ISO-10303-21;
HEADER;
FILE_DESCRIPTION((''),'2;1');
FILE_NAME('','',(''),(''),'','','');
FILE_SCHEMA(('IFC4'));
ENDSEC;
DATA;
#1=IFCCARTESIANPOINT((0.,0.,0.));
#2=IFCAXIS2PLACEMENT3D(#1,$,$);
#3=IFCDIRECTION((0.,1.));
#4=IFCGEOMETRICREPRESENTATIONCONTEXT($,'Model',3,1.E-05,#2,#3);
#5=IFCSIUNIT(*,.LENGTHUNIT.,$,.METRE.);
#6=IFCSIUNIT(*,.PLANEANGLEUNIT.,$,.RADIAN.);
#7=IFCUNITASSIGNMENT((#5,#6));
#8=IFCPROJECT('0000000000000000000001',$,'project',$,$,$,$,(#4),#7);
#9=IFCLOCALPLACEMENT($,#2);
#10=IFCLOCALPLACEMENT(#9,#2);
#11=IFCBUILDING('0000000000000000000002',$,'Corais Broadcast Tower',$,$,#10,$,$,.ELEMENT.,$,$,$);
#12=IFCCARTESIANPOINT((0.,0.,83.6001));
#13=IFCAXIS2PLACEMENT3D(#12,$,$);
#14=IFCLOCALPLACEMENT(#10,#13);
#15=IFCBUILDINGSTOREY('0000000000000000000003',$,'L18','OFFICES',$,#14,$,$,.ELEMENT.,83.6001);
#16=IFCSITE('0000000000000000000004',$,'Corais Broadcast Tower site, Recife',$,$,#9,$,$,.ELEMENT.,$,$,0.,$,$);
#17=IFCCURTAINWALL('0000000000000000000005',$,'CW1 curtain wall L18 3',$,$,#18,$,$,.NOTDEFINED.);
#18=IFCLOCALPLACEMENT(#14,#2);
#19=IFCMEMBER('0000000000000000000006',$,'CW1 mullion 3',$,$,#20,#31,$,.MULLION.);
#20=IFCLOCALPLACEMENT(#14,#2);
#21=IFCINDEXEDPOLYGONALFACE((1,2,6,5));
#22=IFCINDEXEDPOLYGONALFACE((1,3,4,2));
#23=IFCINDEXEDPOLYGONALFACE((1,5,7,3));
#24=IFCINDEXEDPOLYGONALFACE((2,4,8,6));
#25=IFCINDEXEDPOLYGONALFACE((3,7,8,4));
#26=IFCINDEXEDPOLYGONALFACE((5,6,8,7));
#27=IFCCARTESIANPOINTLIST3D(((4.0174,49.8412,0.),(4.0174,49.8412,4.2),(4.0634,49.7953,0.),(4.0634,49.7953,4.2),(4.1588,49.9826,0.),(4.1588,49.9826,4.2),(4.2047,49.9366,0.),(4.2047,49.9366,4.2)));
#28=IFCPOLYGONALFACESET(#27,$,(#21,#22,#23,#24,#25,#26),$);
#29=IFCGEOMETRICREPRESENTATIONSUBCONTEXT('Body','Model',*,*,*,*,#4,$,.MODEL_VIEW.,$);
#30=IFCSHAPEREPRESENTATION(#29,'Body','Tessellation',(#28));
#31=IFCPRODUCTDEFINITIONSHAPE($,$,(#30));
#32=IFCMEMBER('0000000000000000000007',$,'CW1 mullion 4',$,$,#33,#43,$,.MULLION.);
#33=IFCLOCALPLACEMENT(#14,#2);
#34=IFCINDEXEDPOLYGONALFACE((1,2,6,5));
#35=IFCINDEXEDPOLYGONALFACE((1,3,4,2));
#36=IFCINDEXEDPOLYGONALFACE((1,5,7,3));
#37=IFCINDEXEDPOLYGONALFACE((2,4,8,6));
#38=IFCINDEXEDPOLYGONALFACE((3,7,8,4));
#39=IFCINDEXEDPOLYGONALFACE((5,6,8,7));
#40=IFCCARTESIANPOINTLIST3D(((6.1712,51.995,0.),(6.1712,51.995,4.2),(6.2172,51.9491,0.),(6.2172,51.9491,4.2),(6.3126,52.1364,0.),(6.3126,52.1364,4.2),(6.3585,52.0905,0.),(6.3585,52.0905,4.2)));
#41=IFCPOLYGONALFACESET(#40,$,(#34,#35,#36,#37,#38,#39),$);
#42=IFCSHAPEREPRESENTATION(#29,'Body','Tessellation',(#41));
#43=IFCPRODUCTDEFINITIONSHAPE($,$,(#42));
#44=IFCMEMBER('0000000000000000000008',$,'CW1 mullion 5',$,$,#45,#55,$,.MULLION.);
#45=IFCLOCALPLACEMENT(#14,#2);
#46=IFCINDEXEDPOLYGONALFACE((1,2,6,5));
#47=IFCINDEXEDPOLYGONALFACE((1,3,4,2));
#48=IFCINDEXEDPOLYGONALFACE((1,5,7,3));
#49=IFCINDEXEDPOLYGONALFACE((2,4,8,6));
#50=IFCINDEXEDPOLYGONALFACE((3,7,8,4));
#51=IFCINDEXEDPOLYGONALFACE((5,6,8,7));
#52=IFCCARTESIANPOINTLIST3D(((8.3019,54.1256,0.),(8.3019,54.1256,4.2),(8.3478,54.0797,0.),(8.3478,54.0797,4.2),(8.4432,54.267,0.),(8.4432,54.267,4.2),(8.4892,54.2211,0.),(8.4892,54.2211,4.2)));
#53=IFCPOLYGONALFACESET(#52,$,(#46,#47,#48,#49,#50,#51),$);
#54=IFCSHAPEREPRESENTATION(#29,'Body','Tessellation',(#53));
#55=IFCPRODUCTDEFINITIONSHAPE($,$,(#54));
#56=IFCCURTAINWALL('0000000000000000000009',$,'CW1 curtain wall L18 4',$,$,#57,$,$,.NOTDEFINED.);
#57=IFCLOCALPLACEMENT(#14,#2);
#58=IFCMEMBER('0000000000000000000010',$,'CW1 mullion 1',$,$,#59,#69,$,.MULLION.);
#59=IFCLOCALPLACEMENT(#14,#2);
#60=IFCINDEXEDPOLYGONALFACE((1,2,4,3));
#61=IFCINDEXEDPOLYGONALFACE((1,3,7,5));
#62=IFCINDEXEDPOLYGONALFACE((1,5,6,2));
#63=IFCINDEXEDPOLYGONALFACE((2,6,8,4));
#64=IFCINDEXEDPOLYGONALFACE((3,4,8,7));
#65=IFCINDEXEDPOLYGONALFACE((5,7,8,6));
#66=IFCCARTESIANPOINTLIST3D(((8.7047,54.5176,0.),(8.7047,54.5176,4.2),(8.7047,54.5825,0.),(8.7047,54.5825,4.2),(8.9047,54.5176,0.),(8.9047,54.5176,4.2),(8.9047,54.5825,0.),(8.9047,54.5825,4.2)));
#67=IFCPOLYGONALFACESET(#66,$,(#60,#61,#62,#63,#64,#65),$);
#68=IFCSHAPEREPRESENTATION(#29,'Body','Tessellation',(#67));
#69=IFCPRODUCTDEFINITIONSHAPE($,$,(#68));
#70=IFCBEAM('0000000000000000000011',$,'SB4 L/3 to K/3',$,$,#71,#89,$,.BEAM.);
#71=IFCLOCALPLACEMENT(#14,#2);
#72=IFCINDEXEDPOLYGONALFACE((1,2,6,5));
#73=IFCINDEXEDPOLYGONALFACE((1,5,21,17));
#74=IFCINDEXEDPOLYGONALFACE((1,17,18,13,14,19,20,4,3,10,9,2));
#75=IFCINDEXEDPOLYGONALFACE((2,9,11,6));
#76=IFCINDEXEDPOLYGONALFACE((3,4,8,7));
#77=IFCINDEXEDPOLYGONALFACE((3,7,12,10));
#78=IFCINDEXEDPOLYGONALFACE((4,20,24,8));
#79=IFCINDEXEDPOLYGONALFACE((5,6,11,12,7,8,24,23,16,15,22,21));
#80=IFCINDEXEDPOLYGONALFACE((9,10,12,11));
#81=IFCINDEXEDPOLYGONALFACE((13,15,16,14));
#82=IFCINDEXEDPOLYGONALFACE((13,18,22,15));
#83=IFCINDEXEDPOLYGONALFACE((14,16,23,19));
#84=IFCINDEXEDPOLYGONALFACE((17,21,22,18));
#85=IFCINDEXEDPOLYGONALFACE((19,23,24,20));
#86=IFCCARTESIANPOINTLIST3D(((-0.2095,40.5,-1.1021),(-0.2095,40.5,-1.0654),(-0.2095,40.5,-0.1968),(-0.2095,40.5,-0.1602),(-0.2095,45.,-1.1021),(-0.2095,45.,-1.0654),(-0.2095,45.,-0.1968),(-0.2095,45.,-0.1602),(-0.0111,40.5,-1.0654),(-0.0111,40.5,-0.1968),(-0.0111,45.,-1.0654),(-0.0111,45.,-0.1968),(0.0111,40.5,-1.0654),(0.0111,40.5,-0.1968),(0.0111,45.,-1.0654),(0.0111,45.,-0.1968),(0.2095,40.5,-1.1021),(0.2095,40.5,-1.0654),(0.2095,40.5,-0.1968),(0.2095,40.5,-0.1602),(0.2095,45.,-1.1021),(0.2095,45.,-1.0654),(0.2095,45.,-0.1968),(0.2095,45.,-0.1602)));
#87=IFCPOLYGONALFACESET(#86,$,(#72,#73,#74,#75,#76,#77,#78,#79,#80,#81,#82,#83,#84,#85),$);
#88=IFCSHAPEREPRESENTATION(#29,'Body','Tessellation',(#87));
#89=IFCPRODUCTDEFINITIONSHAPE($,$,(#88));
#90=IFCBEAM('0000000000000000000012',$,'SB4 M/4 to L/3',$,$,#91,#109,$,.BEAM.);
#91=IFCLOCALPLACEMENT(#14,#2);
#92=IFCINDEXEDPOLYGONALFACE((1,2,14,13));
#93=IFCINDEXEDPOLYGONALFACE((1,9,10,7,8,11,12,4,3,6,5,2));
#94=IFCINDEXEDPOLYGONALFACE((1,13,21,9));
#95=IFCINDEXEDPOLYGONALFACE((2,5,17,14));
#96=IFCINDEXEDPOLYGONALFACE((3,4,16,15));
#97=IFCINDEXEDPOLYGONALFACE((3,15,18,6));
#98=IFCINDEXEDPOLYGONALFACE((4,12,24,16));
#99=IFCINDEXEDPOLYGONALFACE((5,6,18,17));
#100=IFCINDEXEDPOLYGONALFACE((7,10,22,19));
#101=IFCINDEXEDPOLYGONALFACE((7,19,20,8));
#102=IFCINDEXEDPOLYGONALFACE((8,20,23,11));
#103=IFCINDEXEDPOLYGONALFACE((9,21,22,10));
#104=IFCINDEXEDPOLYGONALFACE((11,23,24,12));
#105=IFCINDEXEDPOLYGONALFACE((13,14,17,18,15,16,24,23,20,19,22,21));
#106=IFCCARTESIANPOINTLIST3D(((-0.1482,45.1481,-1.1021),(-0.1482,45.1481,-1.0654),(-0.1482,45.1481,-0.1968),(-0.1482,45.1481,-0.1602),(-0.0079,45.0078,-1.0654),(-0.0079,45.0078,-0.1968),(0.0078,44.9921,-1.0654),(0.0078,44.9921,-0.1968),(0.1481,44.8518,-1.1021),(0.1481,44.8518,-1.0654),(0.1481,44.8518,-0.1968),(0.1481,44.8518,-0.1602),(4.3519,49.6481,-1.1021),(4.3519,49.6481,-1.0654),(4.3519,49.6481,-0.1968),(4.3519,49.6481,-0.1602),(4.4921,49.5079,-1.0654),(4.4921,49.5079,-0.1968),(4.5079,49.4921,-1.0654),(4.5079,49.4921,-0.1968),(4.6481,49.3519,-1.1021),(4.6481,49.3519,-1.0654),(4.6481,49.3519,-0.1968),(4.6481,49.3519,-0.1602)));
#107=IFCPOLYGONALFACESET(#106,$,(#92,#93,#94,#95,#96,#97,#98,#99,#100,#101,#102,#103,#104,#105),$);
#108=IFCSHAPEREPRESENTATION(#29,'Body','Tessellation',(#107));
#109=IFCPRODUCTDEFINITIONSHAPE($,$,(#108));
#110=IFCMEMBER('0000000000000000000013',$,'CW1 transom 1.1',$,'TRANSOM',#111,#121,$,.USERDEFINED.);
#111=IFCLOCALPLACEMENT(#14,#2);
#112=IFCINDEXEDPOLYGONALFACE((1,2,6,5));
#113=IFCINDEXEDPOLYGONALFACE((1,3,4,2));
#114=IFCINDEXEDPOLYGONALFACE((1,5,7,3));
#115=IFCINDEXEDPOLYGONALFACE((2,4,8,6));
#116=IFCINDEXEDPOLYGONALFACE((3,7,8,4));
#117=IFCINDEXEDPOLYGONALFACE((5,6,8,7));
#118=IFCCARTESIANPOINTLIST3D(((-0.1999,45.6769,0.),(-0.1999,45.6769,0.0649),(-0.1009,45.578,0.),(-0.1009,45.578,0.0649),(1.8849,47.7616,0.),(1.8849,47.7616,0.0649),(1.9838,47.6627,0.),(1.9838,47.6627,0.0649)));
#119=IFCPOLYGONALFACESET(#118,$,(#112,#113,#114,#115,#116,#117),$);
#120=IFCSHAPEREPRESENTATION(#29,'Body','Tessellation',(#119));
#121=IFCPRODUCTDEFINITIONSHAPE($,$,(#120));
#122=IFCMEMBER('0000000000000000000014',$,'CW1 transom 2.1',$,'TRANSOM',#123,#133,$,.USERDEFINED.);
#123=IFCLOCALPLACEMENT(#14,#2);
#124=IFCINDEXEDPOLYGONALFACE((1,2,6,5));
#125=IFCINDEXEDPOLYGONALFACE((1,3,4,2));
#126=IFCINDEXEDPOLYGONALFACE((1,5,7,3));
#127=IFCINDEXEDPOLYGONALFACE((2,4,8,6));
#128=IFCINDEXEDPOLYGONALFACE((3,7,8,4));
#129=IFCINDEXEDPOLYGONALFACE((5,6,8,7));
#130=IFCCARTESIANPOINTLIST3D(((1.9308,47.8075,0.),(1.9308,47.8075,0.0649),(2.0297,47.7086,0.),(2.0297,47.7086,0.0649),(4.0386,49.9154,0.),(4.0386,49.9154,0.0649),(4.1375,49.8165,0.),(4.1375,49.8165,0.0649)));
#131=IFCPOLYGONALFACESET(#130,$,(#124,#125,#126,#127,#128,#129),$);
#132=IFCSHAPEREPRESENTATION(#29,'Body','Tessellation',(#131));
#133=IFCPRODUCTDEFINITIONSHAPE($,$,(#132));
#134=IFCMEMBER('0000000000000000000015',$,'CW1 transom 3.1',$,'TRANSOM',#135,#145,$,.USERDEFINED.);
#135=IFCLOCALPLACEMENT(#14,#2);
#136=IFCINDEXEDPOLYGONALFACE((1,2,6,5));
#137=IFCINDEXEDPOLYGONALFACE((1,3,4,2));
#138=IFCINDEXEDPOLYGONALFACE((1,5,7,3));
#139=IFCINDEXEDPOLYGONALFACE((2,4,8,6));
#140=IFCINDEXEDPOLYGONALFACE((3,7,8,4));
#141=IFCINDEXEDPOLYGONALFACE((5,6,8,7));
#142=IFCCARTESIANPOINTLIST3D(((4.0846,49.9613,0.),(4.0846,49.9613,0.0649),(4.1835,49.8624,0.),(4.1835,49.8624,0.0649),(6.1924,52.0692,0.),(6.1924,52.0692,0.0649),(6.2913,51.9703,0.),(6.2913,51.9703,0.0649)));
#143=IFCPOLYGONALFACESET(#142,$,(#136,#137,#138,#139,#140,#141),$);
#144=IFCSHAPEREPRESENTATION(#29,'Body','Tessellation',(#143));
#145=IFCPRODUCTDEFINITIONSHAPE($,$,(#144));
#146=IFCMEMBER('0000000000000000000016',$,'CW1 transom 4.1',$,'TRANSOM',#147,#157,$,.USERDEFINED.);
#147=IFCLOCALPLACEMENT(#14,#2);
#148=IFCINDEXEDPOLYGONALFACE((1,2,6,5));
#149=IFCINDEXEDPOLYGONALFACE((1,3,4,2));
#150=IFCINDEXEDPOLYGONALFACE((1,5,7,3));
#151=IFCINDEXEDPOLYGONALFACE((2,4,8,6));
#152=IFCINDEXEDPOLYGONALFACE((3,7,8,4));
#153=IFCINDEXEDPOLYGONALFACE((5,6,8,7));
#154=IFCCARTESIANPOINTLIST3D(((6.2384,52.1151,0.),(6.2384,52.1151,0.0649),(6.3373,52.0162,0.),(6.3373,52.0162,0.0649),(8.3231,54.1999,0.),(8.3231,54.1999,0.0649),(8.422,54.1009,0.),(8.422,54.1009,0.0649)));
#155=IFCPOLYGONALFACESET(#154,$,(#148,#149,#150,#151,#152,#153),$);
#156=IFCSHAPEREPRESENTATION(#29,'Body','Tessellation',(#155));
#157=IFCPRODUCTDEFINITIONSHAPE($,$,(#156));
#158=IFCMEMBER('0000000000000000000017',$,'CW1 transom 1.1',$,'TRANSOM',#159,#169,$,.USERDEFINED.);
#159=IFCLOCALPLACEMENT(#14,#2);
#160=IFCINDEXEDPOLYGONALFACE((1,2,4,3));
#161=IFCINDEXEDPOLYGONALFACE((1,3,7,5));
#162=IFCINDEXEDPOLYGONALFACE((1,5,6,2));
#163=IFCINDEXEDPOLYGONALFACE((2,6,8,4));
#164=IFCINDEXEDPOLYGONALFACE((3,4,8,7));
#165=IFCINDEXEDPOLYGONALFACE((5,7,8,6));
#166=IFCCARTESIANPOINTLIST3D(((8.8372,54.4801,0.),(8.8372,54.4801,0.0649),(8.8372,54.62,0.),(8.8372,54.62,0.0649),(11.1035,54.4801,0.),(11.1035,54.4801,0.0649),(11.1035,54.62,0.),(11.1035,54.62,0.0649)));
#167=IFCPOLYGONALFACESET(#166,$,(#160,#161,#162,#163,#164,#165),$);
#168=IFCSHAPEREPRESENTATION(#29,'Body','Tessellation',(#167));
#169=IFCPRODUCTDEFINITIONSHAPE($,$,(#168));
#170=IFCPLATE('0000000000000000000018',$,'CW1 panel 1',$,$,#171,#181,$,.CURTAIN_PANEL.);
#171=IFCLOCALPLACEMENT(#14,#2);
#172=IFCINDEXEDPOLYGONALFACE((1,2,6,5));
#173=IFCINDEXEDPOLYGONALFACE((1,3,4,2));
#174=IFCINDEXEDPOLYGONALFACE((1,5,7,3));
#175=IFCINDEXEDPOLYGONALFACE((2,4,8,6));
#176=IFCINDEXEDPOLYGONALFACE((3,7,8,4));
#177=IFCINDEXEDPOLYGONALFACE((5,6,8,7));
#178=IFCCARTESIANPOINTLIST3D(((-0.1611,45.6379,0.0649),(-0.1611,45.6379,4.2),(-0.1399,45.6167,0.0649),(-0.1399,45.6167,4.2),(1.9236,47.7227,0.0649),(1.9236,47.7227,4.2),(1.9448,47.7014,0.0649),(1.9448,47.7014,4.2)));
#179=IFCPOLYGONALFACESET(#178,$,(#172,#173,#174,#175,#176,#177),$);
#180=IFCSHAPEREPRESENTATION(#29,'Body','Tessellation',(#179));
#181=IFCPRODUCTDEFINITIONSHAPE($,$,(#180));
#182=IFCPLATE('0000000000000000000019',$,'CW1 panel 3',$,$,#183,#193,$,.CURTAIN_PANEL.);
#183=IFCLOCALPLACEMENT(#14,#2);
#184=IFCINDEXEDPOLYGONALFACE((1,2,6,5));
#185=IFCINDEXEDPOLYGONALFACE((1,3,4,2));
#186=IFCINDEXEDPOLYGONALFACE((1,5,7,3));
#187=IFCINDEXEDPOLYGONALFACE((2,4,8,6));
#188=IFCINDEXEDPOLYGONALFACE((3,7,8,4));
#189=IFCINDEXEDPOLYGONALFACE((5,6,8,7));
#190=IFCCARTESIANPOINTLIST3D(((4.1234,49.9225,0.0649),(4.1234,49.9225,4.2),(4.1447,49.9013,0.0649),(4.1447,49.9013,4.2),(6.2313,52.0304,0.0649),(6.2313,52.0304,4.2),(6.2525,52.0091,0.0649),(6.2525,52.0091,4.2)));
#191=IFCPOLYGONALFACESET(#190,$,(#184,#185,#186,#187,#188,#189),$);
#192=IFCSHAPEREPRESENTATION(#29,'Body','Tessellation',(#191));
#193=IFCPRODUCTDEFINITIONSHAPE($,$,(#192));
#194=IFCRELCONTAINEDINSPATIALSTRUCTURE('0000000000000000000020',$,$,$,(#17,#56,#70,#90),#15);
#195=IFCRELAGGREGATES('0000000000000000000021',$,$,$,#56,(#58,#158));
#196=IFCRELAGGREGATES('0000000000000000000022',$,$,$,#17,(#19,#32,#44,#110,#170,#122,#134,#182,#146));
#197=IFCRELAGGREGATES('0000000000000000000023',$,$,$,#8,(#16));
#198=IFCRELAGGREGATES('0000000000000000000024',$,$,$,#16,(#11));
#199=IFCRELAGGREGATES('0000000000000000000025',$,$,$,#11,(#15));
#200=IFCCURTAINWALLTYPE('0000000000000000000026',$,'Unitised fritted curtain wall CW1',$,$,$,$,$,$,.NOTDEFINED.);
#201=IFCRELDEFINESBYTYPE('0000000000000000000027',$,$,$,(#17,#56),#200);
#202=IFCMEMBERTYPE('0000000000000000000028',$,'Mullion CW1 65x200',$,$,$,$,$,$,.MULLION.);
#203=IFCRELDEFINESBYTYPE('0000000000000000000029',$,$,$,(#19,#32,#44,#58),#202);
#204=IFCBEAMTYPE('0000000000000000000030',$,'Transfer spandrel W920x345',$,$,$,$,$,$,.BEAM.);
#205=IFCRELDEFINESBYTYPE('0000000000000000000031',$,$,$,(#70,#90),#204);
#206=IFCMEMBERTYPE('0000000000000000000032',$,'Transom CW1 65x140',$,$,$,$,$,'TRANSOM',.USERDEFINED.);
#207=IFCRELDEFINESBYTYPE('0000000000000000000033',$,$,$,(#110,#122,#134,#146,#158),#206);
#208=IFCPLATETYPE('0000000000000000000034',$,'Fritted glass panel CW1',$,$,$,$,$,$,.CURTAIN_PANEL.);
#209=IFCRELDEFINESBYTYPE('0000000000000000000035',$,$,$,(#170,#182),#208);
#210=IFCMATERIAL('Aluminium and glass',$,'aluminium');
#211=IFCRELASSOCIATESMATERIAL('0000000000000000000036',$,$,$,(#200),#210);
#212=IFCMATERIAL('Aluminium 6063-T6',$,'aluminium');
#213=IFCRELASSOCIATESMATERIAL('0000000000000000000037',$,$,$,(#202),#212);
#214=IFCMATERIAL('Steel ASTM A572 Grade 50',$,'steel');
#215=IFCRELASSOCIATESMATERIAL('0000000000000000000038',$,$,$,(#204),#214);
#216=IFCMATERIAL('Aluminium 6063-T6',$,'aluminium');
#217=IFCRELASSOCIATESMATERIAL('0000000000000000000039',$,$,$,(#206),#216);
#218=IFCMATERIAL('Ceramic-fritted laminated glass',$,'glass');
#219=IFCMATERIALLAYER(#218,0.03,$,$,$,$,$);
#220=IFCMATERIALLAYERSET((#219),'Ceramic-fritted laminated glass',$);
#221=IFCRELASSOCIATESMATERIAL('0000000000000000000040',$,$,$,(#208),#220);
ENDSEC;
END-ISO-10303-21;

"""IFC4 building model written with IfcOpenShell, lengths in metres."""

from ifc_helpers import new_model, si_unit, direction, frame, origin, origin_2d, place, context, subcontext, project, spatial, rectangle, i_section, extrude, material, layer, layer_set, material_profile, profile_set, type_object, element, aggregate, save


model = new_model("IFC4")

# Units and contexts
model_context = context("Model", 3, precision=1e-05, world=origin(), true_north=direction((0.0, 1.0)))
body_context = subcontext(model_context, "Body", "Model", "MODEL_VIEW")
ifc_project = project(units=[si_unit("LENGTHUNIT", "METRE"), si_unit("PLANEANGLEUNIT", "RADIAN")], contexts=[model_context])

# Site, building, storey
site_placement = place(None, origin())
site = spatial("IfcSite", under=ifc_project, at=site_placement, Name="Corais Broadcast Tower site, Recife", CompositionType="ELEMENT", RefElevation=0.0)
building_placement = place(site_placement, origin())
building = spatial("IfcBuilding", under=site, at=building_placement, Name="Corais Broadcast Tower", CompositionType="ELEMENT")
storey_placement = place(building_placement, frame((0.0, 0.0, 83.6001)))
storey = spatial("IfcBuildingStorey", under=building, at=storey_placement, Name="L18", Description="OFFICES", CompositionType="ELEMENT", Elevation=83.6001)

# Shared definitions
ifc_material_1 = material(Name="Aluminium and glass", Category="aluminium")
curtain_wall_type = type_object("IfcCurtainWallType", Name="Unitised fritted curtain wall CW1", PredefinedType="NOTDEFINED", material=ifc_material_1)
ifc_material_2 = material(Name="Aluminium 6063-T6", Category="aluminium")
ifc_material_profile_1 = material_profile(ifc_material_2, rectangle(XDim=0.0649, YDim=0.2, at=origin_2d()), Name="Mullion CW1 65x200")
ifc_profile_set_1 = profile_set([ifc_material_profile_1], Name="Aluminium 6063-T6")
member_type_1 = type_object("IfcMemberType", Name="Mullion CW1 65x200", PredefinedType="MULLION", material=ifc_profile_set_1)

# Curtain wall, members
curtain_wall_1_placement = place(storey_placement, origin())
curtain_wall_1 = element("IfcCurtainWall", 1, at=curtain_wall_1_placement, inside=storey, type_object=curtain_wall_type, Name="CW1 curtain wall L18 3", PredefinedType="NOTDEFINED")
member_1_placement = place(storey_placement, frame((4.1111, 49.8889, 0.0), z_axis=(0.0, 0.0, 1.0), x_axis=(-0.707107, 0.707107, 0.0)))
member_1 = element("IfcMember", 2, at=member_1_placement, type_object=member_type_1, Name="CW1 mullion 3", PredefinedType="MULLION", context=body_context, shape_type="SweptSolid", body=[
    extrude(rectangle(XDim=0.0649, YDim=0.2, at=origin_2d()), origin(), (0.0, 0.0, 1.0), 4.2),
])
member_2_placement = place(storey_placement, frame((6.2649, 52.0427, 0.0), z_axis=(0.0, 0.0, 1.0), x_axis=(-0.707107, 0.707107, 0.0)))
member_2 = element("IfcMember", 3, at=member_2_placement, type_object=member_type_1, Name="CW1 mullion 4", PredefinedType="MULLION", context=body_context, shape_type="SweptSolid", body=[
    extrude(rectangle(XDim=0.0649, YDim=0.2, at=origin_2d()), origin(), (0.0, 0.0, 1.0), 4.2),
])
member_3_placement = place(storey_placement, frame((8.3955, 54.1733, 0.0), z_axis=(0.0, 0.0, 1.0), x_axis=(-0.707107, 0.707107, 0.0)))
member_3 = element("IfcMember", 4, at=member_3_placement, type_object=member_type_1, Name="CW1 mullion 5", PredefinedType="MULLION", context=body_context, shape_type="SweptSolid", body=[
    extrude(rectangle(XDim=0.0649, YDim=0.2, at=origin_2d()), origin(), (0.0, 0.0, 1.0), 4.2),
])

# Curtain wall, member
curtain_wall_2_placement = place(storey_placement, origin())
curtain_wall_2 = element("IfcCurtainWall", 5, at=curtain_wall_2_placement, inside=storey, type_object=curtain_wall_type, Name="CW1 curtain wall L18 4", PredefinedType="NOTDEFINED")
member_4_placement = place(storey_placement, frame((8.8047, 54.55, 0.0), z_axis=(0.0, 0.0, 1.0), x_axis=(0.0, 1.0, 0.0)))
member_4 = element("IfcMember", 6, at=member_4_placement, type_object=member_type_1, Name="CW1 mullion 1", PredefinedType="MULLION", context=body_context, shape_type="SweptSolid", body=[
    extrude(rectangle(XDim=0.0649, YDim=0.2, at=origin_2d()), origin(), (0.0, 0.0, 1.0), 4.2),
])

# Beams
ifc_material_3 = material(Name="Steel ASTM A572 Grade 50", Category="steel")
ifc_material_profile_2 = material_profile(ifc_material_3, i_section(OverallWidth=0.4189, OverallDepth=0.9419, WebThickness=0.0222, FlangeThickness=0.0366, at=origin_2d()), Name="W920x345")
ifc_profile_set_2 = profile_set([ifc_material_profile_2], Name="Steel ASTM A572 Grade 50")
beam_type_1 = type_object("IfcBeamType", Name="Transfer spandrel W920x345", PredefinedType="BEAM", material=ifc_profile_set_2)
beam_1_placement = place(storey_placement, frame((0.0, 45.0, -0.6311), z_axis=(0.0, -1.0, 0.0), x_axis=(1.0, 0.0, 0.0)))
element("IfcBeam", 7, at=beam_1_placement, inside=storey, type_object=beam_type_1, Name="SB4 L/3 to K/3", PredefinedType="BEAM", context=body_context, shape_type="SweptSolid", body=[
    extrude(i_section(OverallWidth=0.4189, OverallDepth=0.9419, WebThickness=0.0222, FlangeThickness=0.0366, at=origin_2d()), origin(), (0.0, 0.0, 1.0), 4.5),
])
beam_2_placement = place(storey_placement, frame((4.5, 49.5, -0.6311), z_axis=(-0.707107, -0.707107, 0.0), x_axis=(0.707107, -0.707107, 0.0)))
element("IfcBeam", 8, at=beam_2_placement, inside=storey, type_object=beam_type_1, Name="SB4 M/4 to L/3", PredefinedType="BEAM", context=body_context, shape_type="SweptSolid", body=[
    extrude(i_section(OverallWidth=0.4189, OverallDepth=0.9419, WebThickness=0.0222, FlangeThickness=0.0366, at=origin_2d()), origin(), (0.0, 0.0, 1.0), 6.364),
])

# Members
ifc_material_4 = material(Name="Aluminium 6063-T6", Category="aluminium")
ifc_material_profile_3 = material_profile(ifc_material_4, rectangle(XDim=0.1399, YDim=0.0649, at=origin_2d()), Name="Transom CW1 65x140")
ifc_profile_set_3 = profile_set([ifc_material_profile_3], Name="Aluminium 6063-T6")
member_type_2 = type_object("IfcMemberType", Name="Transom CW1 65x140", ElementType="TRANSOM", PredefinedType="USERDEFINED", material=ifc_profile_set_3)
member_5_placement = place(storey_placement, frame((-0.1504, 45.6274, 0.0325), z_axis=(0.707107, 0.707107, 0.0), x_axis=(-0.707107, 0.707107, 0.0)))
member_5 = element("IfcMember", 9, at=member_5_placement, type_object=member_type_2, Name="CW1 transom 1.1", ObjectType="TRANSOM", PredefinedType="USERDEFINED", context=body_context, shape_type="SweptSolid", body=[
    extrude(rectangle(XDim=0.1399, YDim=0.0649, at=origin_2d()), origin(), (0.0, 0.0, 1.0), 2.9482),
])
member_6_placement = place(storey_placement, frame((1.9802, 47.7581, 0.0325), z_axis=(0.707107, 0.707107, 0.0), x_axis=(-0.707107, 0.707107, 0.0)))
member_6 = element("IfcMember", 10, at=member_6_placement, type_object=member_type_2, Name="CW1 transom 2.1", ObjectType="TRANSOM", PredefinedType="USERDEFINED", context=body_context, shape_type="SweptSolid", body=[
    extrude(rectangle(XDim=0.1399, YDim=0.0649, at=origin_2d()), origin(), (0.0, 0.0, 1.0), 2.981),
])
member_7_placement = place(storey_placement, frame((4.134, 49.9119, 0.0325), z_axis=(0.707107, 0.707107, 0.0), x_axis=(-0.707107, 0.707107, 0.0)))
member_7 = element("IfcMember", 11, at=member_7_placement, type_object=member_type_2, Name="CW1 transom 3.1", ObjectType="TRANSOM", PredefinedType="USERDEFINED", context=body_context, shape_type="SweptSolid", body=[
    extrude(rectangle(XDim=0.1399, YDim=0.0649, at=origin_2d()), origin(), (0.0, 0.0, 1.0), 2.981),
])
member_8_placement = place(storey_placement, frame((6.2878, 52.0657, 0.0325), z_axis=(0.707107, 0.707107, 0.0), x_axis=(-0.707107, 0.707107, 0.0)))
member_8 = element("IfcMember", 12, at=member_8_placement, type_object=member_type_2, Name="CW1 transom 4.1", ObjectType="TRANSOM", PredefinedType="USERDEFINED", context=body_context, shape_type="SweptSolid", body=[
    extrude(rectangle(XDim=0.1399, YDim=0.0649, at=origin_2d()), origin(), (0.0, 0.0, 1.0), 2.9482),
])
member_9_placement = place(storey_placement, frame((8.8372, 54.55, 0.0325), z_axis=(1.0, 0.0, 0.0), x_axis=(0.0, 1.0, 0.0)))
member_9 = element("IfcMember", 13, at=member_9_placement, type_object=member_type_2, Name="CW1 transom 1.1", ObjectType="TRANSOM", PredefinedType="USERDEFINED", context=body_context, shape_type="SweptSolid", body=[
    extrude(rectangle(XDim=0.1399, YDim=0.0649, at=origin_2d()), origin(), (0.0, 0.0, 1.0), 2.2664),
])
aggregate(curtain_wall_2, [member_4, member_9])

# Plates
ifc_material_5 = material(Name="Ceramic-fritted laminated glass", Category="glass")
ifc_layer_1 = layer(ifc_material_5, 0.03)
ifc_layer_set_1 = layer_set([ifc_layer_1], Name="Ceramic-fritted laminated glass")
plate_type_1 = type_object("IfcPlateType", Name="Fritted glass panel CW1", PredefinedType="CURTAIN_PANEL", material=ifc_layer_set_1)
plate_1_placement = place(storey_placement, frame((0.8918, 46.6697, 0.0649), z_axis=(0.0, 0.0, 1.0), x_axis=(0.707107, 0.707107, 0.0)))
plate_1 = element("IfcPlate", 14, at=plate_1_placement, type_object=plate_type_1, Name="CW1 panel 1", PredefinedType="CURTAIN_PANEL", context=body_context, shape_type="SweptSolid", body=[
    extrude(rectangle(XDim=2.9482, YDim=0.03, at=origin_2d()), origin(), (0.0, 0.0, 1.0), 4.135),
])
plate_2_placement = place(storey_placement, frame((5.188, 50.9658, 0.0649), z_axis=(0.0, 0.0, 1.0), x_axis=(0.707107, 0.707107, 0.0)))
plate_2 = element("IfcPlate", 15, at=plate_2_placement, type_object=plate_type_1, Name="CW1 panel 3", PredefinedType="CURTAIN_PANEL", context=body_context, shape_type="SweptSolid", body=[
    extrude(rectangle(XDim=2.981, YDim=0.03, at=origin_2d()), origin(), (0.0, 0.0, 1.0), 4.135),
])
aggregate(curtain_wall_1, [member_1, member_2, member_3, member_5, plate_1, member_6, member_7, plate_2, member_8])

save(model, "model.ifc")
